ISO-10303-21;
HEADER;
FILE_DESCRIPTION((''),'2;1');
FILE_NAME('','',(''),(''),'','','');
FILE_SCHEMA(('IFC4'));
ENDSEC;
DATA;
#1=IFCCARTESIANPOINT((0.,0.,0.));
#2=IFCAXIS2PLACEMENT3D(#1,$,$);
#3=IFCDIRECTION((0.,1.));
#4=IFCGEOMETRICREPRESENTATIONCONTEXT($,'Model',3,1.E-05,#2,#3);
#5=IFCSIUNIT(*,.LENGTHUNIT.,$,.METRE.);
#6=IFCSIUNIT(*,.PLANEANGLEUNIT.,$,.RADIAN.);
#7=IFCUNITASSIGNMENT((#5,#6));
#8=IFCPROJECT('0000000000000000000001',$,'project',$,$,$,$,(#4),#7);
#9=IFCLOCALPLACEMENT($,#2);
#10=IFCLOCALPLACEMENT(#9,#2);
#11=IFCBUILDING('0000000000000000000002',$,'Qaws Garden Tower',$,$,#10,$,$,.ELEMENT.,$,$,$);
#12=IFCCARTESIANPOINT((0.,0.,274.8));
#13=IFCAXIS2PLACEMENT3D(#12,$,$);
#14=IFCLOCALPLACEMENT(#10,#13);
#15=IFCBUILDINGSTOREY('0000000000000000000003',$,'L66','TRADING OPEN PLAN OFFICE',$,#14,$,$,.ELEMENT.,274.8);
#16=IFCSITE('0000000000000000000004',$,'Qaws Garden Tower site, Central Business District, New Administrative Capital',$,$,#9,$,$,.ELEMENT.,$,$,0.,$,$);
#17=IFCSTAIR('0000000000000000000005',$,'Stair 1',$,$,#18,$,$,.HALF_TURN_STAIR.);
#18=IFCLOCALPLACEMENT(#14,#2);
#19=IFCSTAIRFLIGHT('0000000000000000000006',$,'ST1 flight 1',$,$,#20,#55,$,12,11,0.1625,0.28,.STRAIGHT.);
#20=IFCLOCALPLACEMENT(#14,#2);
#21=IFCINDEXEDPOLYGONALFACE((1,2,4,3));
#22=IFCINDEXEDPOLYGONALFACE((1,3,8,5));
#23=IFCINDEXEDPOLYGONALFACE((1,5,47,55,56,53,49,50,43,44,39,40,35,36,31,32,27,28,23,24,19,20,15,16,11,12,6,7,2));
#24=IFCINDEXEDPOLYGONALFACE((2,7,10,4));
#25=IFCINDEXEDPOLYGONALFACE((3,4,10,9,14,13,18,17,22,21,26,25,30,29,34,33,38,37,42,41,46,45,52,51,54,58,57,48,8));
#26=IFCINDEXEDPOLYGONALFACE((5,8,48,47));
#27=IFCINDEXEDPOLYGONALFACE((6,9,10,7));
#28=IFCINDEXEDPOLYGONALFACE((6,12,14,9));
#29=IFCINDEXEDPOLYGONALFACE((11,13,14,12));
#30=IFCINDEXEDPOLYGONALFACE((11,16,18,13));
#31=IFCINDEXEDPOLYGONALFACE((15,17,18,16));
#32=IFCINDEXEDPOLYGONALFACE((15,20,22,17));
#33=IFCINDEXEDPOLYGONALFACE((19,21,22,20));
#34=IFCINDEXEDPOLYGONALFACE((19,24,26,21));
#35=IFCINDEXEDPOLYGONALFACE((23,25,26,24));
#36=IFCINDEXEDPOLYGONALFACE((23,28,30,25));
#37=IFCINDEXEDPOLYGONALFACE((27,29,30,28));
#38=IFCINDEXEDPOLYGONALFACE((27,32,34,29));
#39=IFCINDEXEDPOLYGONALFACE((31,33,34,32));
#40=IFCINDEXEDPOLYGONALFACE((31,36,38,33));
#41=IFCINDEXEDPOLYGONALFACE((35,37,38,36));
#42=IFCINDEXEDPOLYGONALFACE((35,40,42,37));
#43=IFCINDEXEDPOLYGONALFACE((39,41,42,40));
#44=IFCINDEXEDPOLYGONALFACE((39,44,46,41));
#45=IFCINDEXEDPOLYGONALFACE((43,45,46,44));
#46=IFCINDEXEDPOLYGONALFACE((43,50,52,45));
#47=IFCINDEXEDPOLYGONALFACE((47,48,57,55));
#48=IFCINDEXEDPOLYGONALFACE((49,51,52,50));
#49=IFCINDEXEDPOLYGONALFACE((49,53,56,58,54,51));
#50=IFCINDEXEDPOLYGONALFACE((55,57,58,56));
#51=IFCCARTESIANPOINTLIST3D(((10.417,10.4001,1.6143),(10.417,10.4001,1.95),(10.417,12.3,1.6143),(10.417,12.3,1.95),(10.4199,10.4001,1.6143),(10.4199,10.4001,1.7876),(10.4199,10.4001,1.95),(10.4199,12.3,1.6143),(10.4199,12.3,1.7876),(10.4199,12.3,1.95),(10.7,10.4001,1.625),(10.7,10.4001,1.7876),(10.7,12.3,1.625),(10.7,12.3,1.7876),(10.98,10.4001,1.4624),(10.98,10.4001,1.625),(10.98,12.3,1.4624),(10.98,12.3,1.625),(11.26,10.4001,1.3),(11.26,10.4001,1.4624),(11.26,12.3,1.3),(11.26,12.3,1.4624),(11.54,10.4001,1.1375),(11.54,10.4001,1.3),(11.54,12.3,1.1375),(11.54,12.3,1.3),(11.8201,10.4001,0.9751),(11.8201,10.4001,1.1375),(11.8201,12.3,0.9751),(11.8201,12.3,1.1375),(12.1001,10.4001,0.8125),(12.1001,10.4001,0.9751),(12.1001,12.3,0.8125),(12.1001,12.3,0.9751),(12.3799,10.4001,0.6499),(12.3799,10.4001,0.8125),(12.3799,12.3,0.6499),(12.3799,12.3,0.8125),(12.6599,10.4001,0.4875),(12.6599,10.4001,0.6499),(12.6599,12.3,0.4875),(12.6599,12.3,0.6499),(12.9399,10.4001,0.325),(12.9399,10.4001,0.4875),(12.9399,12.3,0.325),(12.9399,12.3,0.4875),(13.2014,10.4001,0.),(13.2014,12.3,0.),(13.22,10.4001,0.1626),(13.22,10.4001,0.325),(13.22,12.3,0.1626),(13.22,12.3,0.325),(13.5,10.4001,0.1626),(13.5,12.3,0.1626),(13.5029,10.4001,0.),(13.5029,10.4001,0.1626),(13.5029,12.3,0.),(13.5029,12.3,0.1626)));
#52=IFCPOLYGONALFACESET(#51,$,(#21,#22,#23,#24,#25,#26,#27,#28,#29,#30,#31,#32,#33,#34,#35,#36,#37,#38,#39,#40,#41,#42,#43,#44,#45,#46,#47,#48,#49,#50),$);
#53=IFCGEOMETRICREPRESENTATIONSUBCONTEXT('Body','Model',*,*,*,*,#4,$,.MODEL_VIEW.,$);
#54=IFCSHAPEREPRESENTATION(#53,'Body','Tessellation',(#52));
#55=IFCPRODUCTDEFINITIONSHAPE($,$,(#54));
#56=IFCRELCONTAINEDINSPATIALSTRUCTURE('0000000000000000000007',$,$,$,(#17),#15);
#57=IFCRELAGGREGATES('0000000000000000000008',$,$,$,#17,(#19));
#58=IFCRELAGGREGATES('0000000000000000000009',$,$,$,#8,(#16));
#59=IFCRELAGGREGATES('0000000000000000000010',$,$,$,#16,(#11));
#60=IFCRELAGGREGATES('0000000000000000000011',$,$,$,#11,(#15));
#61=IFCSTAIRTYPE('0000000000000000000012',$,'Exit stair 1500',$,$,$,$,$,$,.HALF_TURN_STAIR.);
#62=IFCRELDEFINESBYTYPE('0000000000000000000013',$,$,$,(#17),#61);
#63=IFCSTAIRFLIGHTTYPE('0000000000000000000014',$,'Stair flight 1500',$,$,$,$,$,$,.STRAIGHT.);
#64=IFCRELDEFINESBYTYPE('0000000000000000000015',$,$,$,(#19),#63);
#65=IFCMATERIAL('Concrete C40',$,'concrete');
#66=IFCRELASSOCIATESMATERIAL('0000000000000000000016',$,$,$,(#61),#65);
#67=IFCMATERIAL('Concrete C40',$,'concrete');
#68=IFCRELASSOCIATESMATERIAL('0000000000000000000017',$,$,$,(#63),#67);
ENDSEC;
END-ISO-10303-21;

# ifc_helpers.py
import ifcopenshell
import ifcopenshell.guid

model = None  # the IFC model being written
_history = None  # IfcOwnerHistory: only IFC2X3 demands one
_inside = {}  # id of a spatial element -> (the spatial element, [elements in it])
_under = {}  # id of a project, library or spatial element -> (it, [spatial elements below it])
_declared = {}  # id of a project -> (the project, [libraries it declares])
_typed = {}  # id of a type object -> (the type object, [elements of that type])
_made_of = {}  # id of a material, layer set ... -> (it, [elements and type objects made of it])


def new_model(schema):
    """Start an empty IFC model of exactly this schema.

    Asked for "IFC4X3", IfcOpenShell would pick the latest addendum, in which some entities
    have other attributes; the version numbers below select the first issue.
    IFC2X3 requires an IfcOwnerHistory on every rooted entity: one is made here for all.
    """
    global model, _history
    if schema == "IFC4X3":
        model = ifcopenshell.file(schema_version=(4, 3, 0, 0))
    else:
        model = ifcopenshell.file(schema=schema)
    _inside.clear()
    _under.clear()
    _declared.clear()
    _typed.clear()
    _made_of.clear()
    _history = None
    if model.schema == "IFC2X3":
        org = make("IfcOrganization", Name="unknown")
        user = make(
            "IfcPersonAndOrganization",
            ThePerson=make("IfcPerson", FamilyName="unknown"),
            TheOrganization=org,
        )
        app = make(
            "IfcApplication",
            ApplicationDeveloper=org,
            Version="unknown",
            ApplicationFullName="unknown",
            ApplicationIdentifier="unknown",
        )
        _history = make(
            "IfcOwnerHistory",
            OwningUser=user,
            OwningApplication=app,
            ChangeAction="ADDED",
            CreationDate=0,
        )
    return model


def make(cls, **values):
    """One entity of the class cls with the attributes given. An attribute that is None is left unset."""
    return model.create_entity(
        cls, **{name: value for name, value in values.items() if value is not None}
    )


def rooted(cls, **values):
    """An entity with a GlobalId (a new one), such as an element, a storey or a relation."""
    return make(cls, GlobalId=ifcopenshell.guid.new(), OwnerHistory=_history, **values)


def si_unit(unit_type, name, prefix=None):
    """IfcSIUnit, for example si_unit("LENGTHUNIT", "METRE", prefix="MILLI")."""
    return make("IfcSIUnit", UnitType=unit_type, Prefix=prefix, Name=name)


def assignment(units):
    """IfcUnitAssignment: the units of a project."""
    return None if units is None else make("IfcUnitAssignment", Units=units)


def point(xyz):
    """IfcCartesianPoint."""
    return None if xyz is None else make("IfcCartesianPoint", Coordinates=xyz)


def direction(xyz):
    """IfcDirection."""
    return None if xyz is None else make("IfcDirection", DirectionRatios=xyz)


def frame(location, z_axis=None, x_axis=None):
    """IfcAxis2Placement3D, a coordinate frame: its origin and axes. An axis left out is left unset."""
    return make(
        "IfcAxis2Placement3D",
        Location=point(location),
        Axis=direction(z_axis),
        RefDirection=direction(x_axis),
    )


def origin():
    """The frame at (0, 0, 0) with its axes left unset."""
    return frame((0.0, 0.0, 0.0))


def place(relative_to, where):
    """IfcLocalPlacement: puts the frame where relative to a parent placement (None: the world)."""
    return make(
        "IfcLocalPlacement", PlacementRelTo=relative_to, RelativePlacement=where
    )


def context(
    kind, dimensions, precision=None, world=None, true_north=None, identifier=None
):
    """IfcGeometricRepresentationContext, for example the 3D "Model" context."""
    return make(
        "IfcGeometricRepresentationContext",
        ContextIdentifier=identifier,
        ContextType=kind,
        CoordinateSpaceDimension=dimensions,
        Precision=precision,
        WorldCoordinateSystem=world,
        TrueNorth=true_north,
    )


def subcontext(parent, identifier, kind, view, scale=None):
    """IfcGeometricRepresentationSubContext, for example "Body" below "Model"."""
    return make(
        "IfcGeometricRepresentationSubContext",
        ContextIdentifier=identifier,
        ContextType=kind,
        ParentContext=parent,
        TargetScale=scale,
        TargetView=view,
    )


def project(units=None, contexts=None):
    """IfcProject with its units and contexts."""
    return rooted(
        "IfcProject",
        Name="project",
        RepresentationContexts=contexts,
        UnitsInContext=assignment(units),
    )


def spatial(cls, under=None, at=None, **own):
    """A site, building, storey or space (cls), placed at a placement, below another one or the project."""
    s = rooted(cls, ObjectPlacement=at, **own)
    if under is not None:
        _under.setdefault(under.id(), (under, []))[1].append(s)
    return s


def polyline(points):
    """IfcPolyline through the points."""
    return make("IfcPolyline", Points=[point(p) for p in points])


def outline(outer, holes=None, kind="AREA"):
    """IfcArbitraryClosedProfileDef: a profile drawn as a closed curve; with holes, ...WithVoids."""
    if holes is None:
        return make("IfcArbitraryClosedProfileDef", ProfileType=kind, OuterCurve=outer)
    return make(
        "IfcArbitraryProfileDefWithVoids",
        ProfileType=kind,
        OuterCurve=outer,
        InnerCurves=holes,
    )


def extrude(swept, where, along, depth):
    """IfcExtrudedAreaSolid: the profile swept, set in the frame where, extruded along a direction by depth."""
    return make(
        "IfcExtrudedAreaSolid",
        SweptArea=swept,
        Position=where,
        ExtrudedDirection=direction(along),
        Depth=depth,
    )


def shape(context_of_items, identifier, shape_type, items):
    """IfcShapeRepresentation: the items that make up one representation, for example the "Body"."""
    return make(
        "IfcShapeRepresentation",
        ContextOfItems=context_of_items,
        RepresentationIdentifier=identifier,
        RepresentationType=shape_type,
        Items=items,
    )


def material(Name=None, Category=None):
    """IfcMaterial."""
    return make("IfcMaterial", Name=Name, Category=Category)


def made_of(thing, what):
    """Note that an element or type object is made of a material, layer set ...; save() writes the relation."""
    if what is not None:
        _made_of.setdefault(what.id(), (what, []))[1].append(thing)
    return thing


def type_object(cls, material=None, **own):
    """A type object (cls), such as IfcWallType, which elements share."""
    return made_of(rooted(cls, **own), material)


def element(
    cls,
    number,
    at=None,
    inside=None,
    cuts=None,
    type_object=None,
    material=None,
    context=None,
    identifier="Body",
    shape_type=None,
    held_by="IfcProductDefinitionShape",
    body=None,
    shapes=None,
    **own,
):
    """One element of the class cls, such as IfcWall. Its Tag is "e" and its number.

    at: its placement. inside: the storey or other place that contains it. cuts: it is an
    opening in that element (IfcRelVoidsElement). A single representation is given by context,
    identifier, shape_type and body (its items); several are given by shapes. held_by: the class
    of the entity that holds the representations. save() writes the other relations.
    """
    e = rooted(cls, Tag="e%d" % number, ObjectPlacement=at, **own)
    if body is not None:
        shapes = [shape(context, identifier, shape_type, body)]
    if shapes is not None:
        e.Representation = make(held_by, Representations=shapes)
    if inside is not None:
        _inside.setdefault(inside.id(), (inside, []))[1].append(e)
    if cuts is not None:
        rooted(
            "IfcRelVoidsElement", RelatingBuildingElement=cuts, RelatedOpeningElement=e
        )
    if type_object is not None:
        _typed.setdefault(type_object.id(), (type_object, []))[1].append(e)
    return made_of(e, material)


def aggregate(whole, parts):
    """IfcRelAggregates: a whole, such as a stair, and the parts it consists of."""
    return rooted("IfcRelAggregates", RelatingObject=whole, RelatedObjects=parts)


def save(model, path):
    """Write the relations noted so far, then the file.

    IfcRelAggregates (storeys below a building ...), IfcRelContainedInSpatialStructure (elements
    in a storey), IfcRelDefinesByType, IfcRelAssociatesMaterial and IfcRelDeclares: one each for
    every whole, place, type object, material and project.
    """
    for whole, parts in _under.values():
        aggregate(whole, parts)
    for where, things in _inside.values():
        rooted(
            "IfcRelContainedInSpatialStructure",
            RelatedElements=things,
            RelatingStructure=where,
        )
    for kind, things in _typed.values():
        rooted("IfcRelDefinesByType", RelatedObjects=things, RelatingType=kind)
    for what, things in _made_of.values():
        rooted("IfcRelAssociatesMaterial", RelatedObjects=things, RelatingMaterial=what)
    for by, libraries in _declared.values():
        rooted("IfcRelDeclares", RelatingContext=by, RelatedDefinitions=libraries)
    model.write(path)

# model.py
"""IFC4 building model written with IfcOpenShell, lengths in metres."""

from ifc_helpers import new_model, si_unit, direction, frame, origin, place, context, subcontext, project, spatial, polyline, outline, extrude, material, type_object, element, aggregate, save


model = new_model("IFC4")

# Units and contexts
model_context = context("Model", 3, precision=1e-05, world=origin(), true_north=direction((0.0, 1.0)))
body_context = subcontext(model_context, "Body", "Model", "MODEL_VIEW")
ifc_project = project(units=[si_unit("LENGTHUNIT", "METRE"), si_unit("PLANEANGLEUNIT", "RADIAN")], contexts=[model_context])

# Site, building, storey
site_placement = place(None, origin())
site = spatial("IfcSite", under=ifc_project, at=site_placement, Name="Qaws Garden Tower site, Central Business District, New Administrative Capital", CompositionType="ELEMENT", RefElevation=0.0)
building_placement = place(site_placement, origin())
building = spatial("IfcBuilding", under=site, at=building_placement, Name="Qaws Garden Tower", CompositionType="ELEMENT")
storey_placement = place(building_placement, frame((0.0, 0.0, 274.8)))
storey = spatial("IfcBuildingStorey", under=building, at=storey_placement, Name="L66", Description="TRADING OPEN PLAN OFFICE", CompositionType="ELEMENT", Elevation=274.8)

# Stair, stair flight
ifc_material_1 = material(Name="Concrete C40", Category="concrete")
stair_type = type_object("IfcStairType", Name="Exit stair 1500", PredefinedType="HALF_TURN_STAIR", material=ifc_material_1)
stair_placement = place(storey_placement, origin())
stair = element("IfcStair", 1, at=stair_placement, inside=storey, type_object=stair_type, Name="Stair 1", PredefinedType="HALF_TURN_STAIR")
ifc_material_2 = material(Name="Concrete C40", Category="concrete")
stair_flight_type = type_object("IfcStairFlightType", Name="Stair flight 1500", PredefinedType="STRAIGHT", material=ifc_material_2)
stair_flight_placement = place(storey_placement, frame((13.5, 11.3501, 0.0), z_axis=(0.0, 0.0, 1.0), x_axis=(-1.0, 0.0, 0.0)))
stair_flight = element("IfcStairFlight", 2, at=stair_flight_placement, type_object=stair_flight_type, Name="ST1 flight 1", NumberOfRisers=12, NumberOfTreads=11, PredefinedType="STRAIGHT", RiserHeight=0.1625, TreadLength=0.28, context=body_context, shape_type="SweptSolid", body=[
    extrude(outline(polyline([(-0.0029, 0.0), (-0.0029, 0.1626), (0.0, 0.1626), (0.28, 0.1626), (0.28, 0.325), (0.5601, 0.325), (0.5601, 0.4875), (0.8401, 0.4875), (0.8401, 0.6499), (1.1201, 0.6499), (1.1201, 0.8125), (1.3999, 0.8125), (1.3999, 0.9751), (1.6799, 0.9751), (1.6799, 1.1375), (1.96, 1.1375), (1.96, 1.3), (2.24, 1.3), (2.24, 1.4624), (2.52, 1.4624), (2.52, 1.625), (2.8, 1.625), (2.8, 1.7876), (3.0801, 1.7876), (3.0801, 1.95), (3.083, 1.95), (3.083, 1.6143), (3.0801, 1.6143), (0.2986, 0.0), (-0.0029, 0.0)])), frame((0.0, 0.95, 0.0), z_axis=(0.0, -1.0, 0.0), x_axis=(1.0, 0.0, 0.0)), (0.0, 0.0, 1.0), 1.8999),
])
aggregate(stair, [stair_flight])

save(model, "model.ifc")
